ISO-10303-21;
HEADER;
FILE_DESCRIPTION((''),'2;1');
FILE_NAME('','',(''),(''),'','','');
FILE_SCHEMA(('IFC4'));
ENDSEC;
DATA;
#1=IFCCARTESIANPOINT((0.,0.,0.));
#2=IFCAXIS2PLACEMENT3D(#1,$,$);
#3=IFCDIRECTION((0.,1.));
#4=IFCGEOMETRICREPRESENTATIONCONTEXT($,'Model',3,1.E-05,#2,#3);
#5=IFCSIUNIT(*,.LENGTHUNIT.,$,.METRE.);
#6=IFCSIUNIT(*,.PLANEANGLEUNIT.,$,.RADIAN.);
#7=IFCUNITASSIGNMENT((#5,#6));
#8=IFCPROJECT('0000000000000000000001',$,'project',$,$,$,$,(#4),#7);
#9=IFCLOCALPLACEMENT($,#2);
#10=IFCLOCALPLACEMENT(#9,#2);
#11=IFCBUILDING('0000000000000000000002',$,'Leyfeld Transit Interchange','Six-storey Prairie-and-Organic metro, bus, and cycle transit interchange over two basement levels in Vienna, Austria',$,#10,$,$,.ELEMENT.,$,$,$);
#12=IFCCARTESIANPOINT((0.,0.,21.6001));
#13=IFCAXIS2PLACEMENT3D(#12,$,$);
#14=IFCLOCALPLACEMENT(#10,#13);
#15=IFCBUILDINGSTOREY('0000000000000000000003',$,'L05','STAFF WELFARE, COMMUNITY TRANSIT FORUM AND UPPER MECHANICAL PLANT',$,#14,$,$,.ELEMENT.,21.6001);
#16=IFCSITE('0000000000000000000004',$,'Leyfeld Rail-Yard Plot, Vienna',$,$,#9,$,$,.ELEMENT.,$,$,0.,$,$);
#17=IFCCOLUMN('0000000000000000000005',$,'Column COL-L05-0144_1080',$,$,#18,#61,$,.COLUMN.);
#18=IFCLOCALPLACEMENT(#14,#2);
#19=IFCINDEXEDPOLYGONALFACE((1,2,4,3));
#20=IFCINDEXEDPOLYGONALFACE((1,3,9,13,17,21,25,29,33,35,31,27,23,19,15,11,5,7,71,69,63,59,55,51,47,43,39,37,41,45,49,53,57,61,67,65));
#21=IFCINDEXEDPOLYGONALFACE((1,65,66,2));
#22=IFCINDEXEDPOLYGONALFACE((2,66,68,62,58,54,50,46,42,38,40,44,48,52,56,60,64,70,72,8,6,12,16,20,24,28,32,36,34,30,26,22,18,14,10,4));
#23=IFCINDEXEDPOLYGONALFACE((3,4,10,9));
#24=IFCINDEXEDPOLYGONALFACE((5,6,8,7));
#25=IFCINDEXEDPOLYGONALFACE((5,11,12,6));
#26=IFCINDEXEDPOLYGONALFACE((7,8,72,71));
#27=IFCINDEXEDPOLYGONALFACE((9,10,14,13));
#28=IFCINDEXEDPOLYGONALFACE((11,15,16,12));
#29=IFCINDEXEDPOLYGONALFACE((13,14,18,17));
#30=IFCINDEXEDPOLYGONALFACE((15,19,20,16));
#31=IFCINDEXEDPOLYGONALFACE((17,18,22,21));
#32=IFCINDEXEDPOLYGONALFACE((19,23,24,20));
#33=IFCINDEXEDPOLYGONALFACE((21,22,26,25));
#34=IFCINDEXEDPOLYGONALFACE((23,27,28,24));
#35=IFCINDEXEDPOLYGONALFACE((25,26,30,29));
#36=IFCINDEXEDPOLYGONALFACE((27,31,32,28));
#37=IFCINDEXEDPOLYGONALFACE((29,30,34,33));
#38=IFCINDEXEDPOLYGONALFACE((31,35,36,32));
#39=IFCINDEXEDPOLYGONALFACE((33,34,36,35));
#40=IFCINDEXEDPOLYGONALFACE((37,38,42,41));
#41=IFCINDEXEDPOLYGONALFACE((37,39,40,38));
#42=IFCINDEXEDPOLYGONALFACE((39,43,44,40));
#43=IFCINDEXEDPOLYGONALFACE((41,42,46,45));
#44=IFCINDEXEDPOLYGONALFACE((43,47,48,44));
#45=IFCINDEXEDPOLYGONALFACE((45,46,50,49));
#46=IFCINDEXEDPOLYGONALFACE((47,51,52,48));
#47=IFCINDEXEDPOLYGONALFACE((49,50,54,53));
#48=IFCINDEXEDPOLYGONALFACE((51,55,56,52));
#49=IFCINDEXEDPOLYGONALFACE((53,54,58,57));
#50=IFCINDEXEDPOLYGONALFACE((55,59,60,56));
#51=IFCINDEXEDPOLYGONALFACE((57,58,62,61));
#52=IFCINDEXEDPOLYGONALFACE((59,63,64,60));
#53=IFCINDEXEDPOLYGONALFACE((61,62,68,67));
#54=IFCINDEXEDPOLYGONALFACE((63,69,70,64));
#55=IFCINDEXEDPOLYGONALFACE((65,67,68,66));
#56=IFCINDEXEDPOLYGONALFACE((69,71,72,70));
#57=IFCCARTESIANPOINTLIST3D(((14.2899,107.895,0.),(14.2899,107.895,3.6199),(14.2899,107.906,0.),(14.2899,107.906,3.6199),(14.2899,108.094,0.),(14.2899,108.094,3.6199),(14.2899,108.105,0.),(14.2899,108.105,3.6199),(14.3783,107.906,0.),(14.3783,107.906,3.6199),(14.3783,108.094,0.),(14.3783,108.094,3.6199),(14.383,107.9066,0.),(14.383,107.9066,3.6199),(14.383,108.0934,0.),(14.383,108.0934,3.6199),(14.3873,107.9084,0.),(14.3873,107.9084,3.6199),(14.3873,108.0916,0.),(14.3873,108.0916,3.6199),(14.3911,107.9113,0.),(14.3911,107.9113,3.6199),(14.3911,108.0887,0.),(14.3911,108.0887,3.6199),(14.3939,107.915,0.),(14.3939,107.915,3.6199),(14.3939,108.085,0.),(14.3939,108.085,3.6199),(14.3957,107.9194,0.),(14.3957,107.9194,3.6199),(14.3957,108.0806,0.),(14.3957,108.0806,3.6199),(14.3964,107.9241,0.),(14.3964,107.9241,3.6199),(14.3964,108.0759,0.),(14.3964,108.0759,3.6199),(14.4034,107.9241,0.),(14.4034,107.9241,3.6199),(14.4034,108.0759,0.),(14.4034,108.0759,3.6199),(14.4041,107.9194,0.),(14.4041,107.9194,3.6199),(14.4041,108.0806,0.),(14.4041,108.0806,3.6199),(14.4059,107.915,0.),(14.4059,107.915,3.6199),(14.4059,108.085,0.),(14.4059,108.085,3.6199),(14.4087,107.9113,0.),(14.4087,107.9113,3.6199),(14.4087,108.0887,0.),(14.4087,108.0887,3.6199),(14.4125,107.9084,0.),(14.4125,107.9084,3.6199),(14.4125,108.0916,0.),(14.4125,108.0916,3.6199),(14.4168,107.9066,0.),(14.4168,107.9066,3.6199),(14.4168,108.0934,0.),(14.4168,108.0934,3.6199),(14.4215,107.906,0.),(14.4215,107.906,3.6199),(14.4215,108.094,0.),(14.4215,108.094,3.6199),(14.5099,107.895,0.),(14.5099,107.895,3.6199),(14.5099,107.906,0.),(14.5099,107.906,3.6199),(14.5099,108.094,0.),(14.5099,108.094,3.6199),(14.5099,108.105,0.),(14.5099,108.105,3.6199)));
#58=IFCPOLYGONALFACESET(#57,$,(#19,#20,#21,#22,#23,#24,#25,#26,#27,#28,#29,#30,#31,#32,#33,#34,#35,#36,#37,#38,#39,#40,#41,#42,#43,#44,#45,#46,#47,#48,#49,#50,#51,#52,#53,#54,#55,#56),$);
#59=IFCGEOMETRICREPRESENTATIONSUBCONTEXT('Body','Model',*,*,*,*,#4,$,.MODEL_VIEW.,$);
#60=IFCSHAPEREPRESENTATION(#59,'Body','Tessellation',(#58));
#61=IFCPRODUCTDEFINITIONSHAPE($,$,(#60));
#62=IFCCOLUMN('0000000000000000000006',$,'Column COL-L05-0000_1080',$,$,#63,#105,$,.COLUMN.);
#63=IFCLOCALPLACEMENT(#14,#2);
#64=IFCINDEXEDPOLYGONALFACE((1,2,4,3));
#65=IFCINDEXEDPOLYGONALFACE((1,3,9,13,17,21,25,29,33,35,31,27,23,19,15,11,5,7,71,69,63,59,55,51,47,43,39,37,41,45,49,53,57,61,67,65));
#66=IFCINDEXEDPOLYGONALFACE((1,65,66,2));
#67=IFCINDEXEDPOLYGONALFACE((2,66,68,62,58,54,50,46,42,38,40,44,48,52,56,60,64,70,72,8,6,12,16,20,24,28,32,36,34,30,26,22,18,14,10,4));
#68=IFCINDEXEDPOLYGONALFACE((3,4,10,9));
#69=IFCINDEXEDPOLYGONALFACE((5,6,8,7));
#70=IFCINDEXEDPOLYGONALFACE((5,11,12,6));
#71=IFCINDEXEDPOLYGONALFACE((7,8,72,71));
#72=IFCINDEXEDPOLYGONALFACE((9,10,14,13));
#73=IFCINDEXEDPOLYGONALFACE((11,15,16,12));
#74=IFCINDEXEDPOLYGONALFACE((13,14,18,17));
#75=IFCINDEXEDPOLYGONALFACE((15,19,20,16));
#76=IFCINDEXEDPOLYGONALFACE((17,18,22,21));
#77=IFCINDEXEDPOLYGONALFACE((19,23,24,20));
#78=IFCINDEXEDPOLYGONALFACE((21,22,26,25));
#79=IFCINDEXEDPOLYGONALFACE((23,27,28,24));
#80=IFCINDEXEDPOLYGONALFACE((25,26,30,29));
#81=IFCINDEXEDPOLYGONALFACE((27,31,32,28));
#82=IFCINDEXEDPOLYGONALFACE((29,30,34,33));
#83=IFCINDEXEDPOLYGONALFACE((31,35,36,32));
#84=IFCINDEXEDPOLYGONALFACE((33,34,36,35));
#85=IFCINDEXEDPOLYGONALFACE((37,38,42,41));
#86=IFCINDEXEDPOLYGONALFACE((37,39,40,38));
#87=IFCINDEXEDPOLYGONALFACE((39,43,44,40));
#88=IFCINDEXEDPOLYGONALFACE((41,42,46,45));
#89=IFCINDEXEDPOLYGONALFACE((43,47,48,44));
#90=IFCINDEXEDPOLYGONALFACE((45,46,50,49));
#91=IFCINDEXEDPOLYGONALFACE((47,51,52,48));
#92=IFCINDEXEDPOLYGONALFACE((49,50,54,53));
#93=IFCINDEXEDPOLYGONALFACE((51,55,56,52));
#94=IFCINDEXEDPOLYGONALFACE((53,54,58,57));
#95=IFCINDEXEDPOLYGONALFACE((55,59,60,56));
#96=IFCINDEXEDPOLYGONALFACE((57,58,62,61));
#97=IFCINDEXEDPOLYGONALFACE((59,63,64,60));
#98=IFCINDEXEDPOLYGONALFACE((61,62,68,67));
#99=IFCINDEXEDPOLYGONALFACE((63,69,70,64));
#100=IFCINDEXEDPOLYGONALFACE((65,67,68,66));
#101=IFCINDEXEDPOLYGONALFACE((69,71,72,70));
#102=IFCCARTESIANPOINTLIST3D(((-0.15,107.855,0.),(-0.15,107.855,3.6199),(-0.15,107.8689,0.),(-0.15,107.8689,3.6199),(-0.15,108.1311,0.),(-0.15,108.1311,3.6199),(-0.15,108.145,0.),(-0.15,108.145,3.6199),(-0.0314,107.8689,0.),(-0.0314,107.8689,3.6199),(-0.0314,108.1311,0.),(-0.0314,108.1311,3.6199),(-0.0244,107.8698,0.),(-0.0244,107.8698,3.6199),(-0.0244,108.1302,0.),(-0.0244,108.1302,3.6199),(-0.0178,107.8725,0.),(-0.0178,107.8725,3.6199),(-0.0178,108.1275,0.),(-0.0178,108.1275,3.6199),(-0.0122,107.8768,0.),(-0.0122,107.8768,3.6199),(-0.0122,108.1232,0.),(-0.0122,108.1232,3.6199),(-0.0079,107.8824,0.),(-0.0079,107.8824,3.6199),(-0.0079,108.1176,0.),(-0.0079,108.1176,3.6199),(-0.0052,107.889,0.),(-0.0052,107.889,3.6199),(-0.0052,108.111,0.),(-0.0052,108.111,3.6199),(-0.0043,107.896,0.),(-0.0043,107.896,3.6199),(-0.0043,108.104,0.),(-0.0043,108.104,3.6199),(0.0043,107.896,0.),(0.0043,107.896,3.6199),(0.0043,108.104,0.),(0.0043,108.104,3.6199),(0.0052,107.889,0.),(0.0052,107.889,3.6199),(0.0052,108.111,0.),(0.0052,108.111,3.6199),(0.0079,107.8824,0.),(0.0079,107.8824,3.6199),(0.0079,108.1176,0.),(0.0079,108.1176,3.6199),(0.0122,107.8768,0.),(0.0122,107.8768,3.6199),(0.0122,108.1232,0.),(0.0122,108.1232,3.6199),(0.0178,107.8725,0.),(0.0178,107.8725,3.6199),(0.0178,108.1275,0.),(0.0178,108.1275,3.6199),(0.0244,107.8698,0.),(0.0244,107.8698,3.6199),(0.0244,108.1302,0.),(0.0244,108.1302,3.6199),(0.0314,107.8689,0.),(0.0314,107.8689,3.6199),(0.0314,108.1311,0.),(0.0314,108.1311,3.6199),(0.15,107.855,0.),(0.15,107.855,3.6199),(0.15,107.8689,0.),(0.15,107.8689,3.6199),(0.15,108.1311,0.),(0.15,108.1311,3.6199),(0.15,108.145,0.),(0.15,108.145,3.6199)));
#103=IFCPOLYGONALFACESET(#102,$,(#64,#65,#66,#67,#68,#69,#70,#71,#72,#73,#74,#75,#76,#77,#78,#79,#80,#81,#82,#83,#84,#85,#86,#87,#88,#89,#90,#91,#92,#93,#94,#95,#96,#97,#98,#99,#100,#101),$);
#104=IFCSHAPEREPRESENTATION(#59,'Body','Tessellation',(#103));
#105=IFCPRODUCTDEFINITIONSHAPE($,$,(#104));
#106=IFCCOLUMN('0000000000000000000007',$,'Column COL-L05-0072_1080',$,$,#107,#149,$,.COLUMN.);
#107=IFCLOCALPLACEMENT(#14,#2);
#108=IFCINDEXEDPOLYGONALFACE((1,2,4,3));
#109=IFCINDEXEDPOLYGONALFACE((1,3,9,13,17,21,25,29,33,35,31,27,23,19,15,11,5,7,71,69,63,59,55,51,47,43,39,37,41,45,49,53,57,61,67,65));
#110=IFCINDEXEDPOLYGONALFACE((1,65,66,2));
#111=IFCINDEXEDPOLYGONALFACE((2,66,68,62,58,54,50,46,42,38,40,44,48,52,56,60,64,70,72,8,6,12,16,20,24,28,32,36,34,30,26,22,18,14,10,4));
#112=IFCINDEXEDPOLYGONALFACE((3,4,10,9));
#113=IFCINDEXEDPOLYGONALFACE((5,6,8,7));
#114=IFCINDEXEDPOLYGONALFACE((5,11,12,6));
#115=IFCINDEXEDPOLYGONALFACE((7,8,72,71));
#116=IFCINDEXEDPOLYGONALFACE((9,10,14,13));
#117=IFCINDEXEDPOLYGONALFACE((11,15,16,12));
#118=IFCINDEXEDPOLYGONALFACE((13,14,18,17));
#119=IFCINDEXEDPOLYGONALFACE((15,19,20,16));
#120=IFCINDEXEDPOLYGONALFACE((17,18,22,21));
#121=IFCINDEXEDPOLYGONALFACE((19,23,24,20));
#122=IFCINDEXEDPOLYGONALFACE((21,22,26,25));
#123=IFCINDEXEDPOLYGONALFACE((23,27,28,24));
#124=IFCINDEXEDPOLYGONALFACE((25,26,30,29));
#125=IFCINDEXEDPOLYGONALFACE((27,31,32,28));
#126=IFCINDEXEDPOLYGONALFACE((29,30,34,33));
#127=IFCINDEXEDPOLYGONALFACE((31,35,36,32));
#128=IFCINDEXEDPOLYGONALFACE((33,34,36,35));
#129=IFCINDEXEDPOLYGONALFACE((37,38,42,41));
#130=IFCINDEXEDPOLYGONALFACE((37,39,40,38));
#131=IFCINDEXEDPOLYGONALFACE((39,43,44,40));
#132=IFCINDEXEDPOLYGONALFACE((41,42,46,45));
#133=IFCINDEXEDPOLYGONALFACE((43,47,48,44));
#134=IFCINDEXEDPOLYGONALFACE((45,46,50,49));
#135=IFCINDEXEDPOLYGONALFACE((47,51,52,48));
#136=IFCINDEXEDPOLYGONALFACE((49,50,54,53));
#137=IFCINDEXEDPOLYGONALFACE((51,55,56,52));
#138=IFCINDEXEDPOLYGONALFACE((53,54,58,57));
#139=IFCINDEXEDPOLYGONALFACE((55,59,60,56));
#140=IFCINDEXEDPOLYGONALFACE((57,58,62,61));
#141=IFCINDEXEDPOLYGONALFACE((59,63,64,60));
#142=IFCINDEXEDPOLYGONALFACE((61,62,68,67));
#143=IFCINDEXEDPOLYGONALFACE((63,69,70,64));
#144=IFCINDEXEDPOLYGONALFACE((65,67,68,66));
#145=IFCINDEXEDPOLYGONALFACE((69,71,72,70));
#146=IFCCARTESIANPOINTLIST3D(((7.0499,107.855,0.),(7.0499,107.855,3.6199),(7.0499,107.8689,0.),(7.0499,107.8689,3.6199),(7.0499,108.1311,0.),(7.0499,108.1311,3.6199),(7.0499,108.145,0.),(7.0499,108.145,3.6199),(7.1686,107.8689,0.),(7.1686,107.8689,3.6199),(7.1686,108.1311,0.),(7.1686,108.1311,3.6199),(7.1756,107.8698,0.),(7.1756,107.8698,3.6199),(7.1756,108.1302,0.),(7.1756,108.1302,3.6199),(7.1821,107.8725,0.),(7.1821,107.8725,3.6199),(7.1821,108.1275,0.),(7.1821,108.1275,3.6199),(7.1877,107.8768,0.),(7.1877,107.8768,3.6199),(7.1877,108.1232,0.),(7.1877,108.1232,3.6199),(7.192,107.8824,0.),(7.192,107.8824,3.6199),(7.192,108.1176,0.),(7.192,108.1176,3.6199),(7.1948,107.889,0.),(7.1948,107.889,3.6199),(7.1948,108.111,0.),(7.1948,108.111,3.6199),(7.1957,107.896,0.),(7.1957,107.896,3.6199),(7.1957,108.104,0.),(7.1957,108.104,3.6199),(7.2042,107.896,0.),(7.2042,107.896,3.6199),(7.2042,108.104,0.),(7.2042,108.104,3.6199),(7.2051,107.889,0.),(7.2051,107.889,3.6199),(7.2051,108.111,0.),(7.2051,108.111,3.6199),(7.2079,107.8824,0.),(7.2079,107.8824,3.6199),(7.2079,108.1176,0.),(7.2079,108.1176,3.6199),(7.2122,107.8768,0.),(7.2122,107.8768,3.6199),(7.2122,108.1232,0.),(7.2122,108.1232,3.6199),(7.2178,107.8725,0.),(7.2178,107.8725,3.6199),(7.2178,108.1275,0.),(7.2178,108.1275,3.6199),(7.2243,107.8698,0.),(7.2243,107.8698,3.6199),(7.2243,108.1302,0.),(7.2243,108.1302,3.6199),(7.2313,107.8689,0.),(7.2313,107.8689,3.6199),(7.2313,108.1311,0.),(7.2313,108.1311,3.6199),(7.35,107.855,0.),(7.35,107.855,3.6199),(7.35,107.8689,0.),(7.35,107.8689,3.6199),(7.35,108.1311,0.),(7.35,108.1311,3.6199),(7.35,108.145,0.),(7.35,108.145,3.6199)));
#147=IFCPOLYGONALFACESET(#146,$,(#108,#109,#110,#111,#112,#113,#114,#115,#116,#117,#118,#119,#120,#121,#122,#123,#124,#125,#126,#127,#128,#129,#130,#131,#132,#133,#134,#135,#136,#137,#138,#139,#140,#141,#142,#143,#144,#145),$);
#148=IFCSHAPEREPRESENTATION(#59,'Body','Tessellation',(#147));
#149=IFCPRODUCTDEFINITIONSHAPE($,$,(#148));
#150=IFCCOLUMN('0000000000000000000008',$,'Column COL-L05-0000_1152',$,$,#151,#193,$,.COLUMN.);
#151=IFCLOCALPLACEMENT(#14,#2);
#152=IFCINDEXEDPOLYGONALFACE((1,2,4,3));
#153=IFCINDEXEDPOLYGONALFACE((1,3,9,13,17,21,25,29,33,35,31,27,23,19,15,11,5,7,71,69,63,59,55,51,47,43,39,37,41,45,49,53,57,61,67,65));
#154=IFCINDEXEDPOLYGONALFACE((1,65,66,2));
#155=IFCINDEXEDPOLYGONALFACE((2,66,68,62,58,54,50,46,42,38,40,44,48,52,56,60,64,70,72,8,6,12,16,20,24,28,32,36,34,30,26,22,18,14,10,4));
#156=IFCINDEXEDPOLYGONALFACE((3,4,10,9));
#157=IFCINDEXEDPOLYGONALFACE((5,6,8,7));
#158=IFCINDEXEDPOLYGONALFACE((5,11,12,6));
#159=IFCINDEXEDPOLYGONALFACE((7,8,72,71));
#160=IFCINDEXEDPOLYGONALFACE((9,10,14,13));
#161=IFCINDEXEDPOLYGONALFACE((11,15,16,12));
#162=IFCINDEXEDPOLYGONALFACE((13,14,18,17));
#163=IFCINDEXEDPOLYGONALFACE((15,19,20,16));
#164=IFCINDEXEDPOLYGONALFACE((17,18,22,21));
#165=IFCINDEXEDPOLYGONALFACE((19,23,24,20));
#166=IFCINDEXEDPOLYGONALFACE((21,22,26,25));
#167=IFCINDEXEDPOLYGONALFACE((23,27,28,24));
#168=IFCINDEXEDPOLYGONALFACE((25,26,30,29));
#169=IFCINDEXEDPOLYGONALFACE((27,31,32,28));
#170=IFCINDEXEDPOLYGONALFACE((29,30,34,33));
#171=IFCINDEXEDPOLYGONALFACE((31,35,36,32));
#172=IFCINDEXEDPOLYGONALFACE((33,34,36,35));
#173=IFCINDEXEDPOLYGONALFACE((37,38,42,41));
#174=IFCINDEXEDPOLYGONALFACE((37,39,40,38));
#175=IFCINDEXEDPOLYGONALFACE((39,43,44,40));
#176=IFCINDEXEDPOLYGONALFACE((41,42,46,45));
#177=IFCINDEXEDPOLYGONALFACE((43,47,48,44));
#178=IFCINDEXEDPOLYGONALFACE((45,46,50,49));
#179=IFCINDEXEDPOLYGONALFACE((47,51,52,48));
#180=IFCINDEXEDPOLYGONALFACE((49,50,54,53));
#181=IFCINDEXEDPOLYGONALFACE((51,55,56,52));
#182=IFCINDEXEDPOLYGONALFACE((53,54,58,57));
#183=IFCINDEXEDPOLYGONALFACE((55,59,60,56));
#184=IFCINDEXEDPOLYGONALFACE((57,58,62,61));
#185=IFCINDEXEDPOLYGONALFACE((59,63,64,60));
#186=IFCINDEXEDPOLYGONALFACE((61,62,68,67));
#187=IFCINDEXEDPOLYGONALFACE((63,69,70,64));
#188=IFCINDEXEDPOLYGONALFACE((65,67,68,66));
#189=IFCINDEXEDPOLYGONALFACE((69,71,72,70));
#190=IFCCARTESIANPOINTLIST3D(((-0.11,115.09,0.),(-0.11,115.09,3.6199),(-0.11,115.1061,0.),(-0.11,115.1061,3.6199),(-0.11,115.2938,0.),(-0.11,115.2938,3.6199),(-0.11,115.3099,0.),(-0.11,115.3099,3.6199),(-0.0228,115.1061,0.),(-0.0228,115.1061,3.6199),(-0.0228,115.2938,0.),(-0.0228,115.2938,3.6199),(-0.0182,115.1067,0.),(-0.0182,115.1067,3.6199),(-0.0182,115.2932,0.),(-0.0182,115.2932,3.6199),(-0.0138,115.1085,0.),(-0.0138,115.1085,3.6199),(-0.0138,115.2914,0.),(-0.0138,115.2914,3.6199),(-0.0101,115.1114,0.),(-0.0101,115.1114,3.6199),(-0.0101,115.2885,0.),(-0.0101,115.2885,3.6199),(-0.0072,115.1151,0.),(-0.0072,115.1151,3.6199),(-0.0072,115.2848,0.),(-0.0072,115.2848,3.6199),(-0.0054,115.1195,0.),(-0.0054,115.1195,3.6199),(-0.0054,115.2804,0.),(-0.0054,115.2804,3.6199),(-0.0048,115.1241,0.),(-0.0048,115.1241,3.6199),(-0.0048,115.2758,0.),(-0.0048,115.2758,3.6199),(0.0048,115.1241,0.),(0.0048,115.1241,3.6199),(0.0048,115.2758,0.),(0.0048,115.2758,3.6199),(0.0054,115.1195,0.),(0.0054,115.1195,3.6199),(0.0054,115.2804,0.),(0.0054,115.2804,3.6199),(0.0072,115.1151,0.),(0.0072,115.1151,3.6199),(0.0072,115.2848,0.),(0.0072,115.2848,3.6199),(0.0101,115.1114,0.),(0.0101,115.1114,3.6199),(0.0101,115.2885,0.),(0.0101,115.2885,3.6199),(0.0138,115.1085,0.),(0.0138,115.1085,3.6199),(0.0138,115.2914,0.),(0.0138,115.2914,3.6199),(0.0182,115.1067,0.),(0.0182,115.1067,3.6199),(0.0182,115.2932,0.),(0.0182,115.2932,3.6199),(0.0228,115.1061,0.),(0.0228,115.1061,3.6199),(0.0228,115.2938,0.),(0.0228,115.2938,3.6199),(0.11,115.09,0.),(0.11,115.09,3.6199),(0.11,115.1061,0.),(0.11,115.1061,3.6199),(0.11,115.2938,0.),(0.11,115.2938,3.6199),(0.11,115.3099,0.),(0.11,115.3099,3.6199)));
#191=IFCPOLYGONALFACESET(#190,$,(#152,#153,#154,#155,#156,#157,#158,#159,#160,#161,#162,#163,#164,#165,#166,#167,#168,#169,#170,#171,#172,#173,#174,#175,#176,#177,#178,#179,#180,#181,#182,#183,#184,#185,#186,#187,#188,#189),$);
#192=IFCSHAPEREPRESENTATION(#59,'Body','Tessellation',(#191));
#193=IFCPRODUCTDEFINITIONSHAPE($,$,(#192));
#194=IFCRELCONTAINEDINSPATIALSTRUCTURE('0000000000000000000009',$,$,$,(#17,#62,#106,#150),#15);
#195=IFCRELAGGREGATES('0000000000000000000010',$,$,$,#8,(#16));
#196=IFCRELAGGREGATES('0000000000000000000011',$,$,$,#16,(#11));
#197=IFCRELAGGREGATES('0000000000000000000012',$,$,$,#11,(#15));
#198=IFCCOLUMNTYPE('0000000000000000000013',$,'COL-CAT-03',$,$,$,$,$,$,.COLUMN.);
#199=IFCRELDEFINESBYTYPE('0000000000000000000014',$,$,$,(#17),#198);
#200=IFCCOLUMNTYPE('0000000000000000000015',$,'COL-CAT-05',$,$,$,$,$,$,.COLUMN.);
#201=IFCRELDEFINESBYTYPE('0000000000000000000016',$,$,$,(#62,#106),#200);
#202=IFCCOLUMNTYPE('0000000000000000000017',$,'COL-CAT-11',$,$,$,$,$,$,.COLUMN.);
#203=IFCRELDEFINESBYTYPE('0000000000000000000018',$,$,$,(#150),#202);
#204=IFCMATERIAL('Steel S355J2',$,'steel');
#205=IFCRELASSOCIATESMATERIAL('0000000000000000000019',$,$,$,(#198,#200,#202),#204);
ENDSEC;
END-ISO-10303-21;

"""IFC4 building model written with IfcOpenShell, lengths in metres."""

from ifc_helpers import new_model, si_unit, direction, frame, origin, origin_2d, place, context, subcontext, project, spatial, i_section, extrude, material, material_profile, profile_set, type_object, element, save


model = new_model("IFC4")

# Units and contexts
model_context = context("Model", 3, precision=1e-05, world=origin(), true_north=direction((0.0, 1.0)))
body_context = subcontext(model_context, "Body", "Model", "MODEL_VIEW")
ifc_project = project(units=[si_unit("LENGTHUNIT", "METRE"), si_unit("PLANEANGLEUNIT", "RADIAN")], contexts=[model_context])

# Site, building, storey
site_placement = place(None, origin())
site = spatial("IfcSite", under=ifc_project, at=site_placement, Name="Leyfeld Rail-Yard Plot, Vienna", CompositionType="ELEMENT", RefElevation=0.0)
building_placement = place(site_placement, origin())
building = spatial("IfcBuilding", under=site, at=building_placement, Name="Leyfeld Transit Interchange", Description="Six-storey Prairie-and-Organic metro, bus, and cycle transit interchange over two basement levels in Vienna, Austria", CompositionType="ELEMENT")
storey_placement = place(building_placement, frame((0.0, 0.0, 21.6001)))
storey = spatial("IfcBuildingStorey", under=building, at=storey_placement, Name="L05", Description="STAFF WELFARE, COMMUNITY TRANSIT FORUM AND UPPER MECHANICAL PLANT", CompositionType="ELEMENT", Elevation=21.6001)

# Columns
ifc_material_1 = material(Name="Steel S355J2", Category="steel")
ifc_material_profile_1 = material_profile(ifc_material_1, i_section(OverallWidth=0.22, OverallDepth=0.21, WebThickness=0.0071, FlangeThickness=0.011, FilletRadius=0.0181, at=origin_2d()), Name="HEA 220")
ifc_profile_set_1 = profile_set([ifc_material_profile_1], Name="Steel S355J2")
column_type_1 = type_object("IfcColumnType", Name="COL-CAT-03", PredefinedType="COLUMN", material=ifc_profile_set_1)
column_1_placement = place(storey_placement, frame((14.3999, 108.0, 0.0), z_axis=(0.0, 0.0, 1.0), x_axis=(1.0, 0.0, 0.0)))
element("IfcColumn", 1, at=column_1_placement, inside=storey, type_object=column_type_1, Name="Column COL-L05-0144_1080", PredefinedType="COLUMN", context=body_context, shape_type="SweptSolid", body=[
    extrude(i_section(OverallWidth=0.22, OverallDepth=0.21, WebThickness=0.0071, FlangeThickness=0.011, FilletRadius=0.0181, at=origin_2d()), origin(), (0.0, 0.0, 1.0), 3.6199),
])
ifc_material_profile_2 = material_profile(ifc_material_1, i_section(OverallWidth=0.3, OverallDepth=0.29, WebThickness=0.0085, FlangeThickness=0.0139, FilletRadius=0.0271, at=origin_2d()), Name="HEA 300")
ifc_profile_set_2 = profile_set([ifc_material_profile_2], Name="Steel S355J2")
column_type_2 = type_object("IfcColumnType", Name="COL-CAT-05", PredefinedType="COLUMN", material=ifc_profile_set_2)
for number, where, z_axis, x_axis, name in (
    (2, (0.0, 108.0, 0.0), (0.0, 0.0, 1.0), (1.0, 0.0, 0.0), "Column COL-L05-0000_1080"),
    (3, (7.2, 108.0, 0.0), (0.0, 0.0, 1.0), (1.0, 0.0, 0.0), "Column COL-L05-0072_1080"),
):
    element("IfcColumn", number, at=place(storey_placement, frame(where, z_axis=z_axis, x_axis=x_axis)), inside=storey, type_object=column_type_2, Name=name, PredefinedType="COLUMN", context=body_context, shape_type="SweptSolid", body=[
        extrude(i_section(OverallWidth=0.3, OverallDepth=0.29, WebThickness=0.0085, FlangeThickness=0.0139, FilletRadius=0.0271, at=origin_2d()), origin(), (0.0, 0.0, 1.0), 3.6199),
    ])
ifc_material_profile_3 = material_profile(ifc_material_1, i_section(OverallWidth=0.22, OverallDepth=0.22, WebThickness=0.0095, FlangeThickness=0.0161, FilletRadius=0.0181, at=origin_2d()), Name="HEB 220")
ifc_profile_set_3 = profile_set([ifc_material_profile_3], Name="Steel S355J2")
column_type_3 = type_object("IfcColumnType", Name="COL-CAT-11", PredefinedType="COLUMN", material=ifc_profile_set_3)
column_2_placement = place(storey_placement, frame((0.0, 115.2, 0.0), z_axis=(0.0, 0.0, 1.0), x_axis=(1.0, 0.0, 0.0)))
element("IfcColumn", 4, at=column_2_placement, inside=storey, type_object=column_type_3, Name="Column COL-L05-0000_1152", PredefinedType="COLUMN", context=body_context, shape_type="SweptSolid", body=[
    extrude(i_section(OverallWidth=0.22, OverallDepth=0.22, WebThickness=0.0095, FlangeThickness=0.0161, FilletRadius=0.0181, at=origin_2d()), origin(), (0.0, 0.0, 1.0), 3.6199),
])

save(model, "model.ifc")
